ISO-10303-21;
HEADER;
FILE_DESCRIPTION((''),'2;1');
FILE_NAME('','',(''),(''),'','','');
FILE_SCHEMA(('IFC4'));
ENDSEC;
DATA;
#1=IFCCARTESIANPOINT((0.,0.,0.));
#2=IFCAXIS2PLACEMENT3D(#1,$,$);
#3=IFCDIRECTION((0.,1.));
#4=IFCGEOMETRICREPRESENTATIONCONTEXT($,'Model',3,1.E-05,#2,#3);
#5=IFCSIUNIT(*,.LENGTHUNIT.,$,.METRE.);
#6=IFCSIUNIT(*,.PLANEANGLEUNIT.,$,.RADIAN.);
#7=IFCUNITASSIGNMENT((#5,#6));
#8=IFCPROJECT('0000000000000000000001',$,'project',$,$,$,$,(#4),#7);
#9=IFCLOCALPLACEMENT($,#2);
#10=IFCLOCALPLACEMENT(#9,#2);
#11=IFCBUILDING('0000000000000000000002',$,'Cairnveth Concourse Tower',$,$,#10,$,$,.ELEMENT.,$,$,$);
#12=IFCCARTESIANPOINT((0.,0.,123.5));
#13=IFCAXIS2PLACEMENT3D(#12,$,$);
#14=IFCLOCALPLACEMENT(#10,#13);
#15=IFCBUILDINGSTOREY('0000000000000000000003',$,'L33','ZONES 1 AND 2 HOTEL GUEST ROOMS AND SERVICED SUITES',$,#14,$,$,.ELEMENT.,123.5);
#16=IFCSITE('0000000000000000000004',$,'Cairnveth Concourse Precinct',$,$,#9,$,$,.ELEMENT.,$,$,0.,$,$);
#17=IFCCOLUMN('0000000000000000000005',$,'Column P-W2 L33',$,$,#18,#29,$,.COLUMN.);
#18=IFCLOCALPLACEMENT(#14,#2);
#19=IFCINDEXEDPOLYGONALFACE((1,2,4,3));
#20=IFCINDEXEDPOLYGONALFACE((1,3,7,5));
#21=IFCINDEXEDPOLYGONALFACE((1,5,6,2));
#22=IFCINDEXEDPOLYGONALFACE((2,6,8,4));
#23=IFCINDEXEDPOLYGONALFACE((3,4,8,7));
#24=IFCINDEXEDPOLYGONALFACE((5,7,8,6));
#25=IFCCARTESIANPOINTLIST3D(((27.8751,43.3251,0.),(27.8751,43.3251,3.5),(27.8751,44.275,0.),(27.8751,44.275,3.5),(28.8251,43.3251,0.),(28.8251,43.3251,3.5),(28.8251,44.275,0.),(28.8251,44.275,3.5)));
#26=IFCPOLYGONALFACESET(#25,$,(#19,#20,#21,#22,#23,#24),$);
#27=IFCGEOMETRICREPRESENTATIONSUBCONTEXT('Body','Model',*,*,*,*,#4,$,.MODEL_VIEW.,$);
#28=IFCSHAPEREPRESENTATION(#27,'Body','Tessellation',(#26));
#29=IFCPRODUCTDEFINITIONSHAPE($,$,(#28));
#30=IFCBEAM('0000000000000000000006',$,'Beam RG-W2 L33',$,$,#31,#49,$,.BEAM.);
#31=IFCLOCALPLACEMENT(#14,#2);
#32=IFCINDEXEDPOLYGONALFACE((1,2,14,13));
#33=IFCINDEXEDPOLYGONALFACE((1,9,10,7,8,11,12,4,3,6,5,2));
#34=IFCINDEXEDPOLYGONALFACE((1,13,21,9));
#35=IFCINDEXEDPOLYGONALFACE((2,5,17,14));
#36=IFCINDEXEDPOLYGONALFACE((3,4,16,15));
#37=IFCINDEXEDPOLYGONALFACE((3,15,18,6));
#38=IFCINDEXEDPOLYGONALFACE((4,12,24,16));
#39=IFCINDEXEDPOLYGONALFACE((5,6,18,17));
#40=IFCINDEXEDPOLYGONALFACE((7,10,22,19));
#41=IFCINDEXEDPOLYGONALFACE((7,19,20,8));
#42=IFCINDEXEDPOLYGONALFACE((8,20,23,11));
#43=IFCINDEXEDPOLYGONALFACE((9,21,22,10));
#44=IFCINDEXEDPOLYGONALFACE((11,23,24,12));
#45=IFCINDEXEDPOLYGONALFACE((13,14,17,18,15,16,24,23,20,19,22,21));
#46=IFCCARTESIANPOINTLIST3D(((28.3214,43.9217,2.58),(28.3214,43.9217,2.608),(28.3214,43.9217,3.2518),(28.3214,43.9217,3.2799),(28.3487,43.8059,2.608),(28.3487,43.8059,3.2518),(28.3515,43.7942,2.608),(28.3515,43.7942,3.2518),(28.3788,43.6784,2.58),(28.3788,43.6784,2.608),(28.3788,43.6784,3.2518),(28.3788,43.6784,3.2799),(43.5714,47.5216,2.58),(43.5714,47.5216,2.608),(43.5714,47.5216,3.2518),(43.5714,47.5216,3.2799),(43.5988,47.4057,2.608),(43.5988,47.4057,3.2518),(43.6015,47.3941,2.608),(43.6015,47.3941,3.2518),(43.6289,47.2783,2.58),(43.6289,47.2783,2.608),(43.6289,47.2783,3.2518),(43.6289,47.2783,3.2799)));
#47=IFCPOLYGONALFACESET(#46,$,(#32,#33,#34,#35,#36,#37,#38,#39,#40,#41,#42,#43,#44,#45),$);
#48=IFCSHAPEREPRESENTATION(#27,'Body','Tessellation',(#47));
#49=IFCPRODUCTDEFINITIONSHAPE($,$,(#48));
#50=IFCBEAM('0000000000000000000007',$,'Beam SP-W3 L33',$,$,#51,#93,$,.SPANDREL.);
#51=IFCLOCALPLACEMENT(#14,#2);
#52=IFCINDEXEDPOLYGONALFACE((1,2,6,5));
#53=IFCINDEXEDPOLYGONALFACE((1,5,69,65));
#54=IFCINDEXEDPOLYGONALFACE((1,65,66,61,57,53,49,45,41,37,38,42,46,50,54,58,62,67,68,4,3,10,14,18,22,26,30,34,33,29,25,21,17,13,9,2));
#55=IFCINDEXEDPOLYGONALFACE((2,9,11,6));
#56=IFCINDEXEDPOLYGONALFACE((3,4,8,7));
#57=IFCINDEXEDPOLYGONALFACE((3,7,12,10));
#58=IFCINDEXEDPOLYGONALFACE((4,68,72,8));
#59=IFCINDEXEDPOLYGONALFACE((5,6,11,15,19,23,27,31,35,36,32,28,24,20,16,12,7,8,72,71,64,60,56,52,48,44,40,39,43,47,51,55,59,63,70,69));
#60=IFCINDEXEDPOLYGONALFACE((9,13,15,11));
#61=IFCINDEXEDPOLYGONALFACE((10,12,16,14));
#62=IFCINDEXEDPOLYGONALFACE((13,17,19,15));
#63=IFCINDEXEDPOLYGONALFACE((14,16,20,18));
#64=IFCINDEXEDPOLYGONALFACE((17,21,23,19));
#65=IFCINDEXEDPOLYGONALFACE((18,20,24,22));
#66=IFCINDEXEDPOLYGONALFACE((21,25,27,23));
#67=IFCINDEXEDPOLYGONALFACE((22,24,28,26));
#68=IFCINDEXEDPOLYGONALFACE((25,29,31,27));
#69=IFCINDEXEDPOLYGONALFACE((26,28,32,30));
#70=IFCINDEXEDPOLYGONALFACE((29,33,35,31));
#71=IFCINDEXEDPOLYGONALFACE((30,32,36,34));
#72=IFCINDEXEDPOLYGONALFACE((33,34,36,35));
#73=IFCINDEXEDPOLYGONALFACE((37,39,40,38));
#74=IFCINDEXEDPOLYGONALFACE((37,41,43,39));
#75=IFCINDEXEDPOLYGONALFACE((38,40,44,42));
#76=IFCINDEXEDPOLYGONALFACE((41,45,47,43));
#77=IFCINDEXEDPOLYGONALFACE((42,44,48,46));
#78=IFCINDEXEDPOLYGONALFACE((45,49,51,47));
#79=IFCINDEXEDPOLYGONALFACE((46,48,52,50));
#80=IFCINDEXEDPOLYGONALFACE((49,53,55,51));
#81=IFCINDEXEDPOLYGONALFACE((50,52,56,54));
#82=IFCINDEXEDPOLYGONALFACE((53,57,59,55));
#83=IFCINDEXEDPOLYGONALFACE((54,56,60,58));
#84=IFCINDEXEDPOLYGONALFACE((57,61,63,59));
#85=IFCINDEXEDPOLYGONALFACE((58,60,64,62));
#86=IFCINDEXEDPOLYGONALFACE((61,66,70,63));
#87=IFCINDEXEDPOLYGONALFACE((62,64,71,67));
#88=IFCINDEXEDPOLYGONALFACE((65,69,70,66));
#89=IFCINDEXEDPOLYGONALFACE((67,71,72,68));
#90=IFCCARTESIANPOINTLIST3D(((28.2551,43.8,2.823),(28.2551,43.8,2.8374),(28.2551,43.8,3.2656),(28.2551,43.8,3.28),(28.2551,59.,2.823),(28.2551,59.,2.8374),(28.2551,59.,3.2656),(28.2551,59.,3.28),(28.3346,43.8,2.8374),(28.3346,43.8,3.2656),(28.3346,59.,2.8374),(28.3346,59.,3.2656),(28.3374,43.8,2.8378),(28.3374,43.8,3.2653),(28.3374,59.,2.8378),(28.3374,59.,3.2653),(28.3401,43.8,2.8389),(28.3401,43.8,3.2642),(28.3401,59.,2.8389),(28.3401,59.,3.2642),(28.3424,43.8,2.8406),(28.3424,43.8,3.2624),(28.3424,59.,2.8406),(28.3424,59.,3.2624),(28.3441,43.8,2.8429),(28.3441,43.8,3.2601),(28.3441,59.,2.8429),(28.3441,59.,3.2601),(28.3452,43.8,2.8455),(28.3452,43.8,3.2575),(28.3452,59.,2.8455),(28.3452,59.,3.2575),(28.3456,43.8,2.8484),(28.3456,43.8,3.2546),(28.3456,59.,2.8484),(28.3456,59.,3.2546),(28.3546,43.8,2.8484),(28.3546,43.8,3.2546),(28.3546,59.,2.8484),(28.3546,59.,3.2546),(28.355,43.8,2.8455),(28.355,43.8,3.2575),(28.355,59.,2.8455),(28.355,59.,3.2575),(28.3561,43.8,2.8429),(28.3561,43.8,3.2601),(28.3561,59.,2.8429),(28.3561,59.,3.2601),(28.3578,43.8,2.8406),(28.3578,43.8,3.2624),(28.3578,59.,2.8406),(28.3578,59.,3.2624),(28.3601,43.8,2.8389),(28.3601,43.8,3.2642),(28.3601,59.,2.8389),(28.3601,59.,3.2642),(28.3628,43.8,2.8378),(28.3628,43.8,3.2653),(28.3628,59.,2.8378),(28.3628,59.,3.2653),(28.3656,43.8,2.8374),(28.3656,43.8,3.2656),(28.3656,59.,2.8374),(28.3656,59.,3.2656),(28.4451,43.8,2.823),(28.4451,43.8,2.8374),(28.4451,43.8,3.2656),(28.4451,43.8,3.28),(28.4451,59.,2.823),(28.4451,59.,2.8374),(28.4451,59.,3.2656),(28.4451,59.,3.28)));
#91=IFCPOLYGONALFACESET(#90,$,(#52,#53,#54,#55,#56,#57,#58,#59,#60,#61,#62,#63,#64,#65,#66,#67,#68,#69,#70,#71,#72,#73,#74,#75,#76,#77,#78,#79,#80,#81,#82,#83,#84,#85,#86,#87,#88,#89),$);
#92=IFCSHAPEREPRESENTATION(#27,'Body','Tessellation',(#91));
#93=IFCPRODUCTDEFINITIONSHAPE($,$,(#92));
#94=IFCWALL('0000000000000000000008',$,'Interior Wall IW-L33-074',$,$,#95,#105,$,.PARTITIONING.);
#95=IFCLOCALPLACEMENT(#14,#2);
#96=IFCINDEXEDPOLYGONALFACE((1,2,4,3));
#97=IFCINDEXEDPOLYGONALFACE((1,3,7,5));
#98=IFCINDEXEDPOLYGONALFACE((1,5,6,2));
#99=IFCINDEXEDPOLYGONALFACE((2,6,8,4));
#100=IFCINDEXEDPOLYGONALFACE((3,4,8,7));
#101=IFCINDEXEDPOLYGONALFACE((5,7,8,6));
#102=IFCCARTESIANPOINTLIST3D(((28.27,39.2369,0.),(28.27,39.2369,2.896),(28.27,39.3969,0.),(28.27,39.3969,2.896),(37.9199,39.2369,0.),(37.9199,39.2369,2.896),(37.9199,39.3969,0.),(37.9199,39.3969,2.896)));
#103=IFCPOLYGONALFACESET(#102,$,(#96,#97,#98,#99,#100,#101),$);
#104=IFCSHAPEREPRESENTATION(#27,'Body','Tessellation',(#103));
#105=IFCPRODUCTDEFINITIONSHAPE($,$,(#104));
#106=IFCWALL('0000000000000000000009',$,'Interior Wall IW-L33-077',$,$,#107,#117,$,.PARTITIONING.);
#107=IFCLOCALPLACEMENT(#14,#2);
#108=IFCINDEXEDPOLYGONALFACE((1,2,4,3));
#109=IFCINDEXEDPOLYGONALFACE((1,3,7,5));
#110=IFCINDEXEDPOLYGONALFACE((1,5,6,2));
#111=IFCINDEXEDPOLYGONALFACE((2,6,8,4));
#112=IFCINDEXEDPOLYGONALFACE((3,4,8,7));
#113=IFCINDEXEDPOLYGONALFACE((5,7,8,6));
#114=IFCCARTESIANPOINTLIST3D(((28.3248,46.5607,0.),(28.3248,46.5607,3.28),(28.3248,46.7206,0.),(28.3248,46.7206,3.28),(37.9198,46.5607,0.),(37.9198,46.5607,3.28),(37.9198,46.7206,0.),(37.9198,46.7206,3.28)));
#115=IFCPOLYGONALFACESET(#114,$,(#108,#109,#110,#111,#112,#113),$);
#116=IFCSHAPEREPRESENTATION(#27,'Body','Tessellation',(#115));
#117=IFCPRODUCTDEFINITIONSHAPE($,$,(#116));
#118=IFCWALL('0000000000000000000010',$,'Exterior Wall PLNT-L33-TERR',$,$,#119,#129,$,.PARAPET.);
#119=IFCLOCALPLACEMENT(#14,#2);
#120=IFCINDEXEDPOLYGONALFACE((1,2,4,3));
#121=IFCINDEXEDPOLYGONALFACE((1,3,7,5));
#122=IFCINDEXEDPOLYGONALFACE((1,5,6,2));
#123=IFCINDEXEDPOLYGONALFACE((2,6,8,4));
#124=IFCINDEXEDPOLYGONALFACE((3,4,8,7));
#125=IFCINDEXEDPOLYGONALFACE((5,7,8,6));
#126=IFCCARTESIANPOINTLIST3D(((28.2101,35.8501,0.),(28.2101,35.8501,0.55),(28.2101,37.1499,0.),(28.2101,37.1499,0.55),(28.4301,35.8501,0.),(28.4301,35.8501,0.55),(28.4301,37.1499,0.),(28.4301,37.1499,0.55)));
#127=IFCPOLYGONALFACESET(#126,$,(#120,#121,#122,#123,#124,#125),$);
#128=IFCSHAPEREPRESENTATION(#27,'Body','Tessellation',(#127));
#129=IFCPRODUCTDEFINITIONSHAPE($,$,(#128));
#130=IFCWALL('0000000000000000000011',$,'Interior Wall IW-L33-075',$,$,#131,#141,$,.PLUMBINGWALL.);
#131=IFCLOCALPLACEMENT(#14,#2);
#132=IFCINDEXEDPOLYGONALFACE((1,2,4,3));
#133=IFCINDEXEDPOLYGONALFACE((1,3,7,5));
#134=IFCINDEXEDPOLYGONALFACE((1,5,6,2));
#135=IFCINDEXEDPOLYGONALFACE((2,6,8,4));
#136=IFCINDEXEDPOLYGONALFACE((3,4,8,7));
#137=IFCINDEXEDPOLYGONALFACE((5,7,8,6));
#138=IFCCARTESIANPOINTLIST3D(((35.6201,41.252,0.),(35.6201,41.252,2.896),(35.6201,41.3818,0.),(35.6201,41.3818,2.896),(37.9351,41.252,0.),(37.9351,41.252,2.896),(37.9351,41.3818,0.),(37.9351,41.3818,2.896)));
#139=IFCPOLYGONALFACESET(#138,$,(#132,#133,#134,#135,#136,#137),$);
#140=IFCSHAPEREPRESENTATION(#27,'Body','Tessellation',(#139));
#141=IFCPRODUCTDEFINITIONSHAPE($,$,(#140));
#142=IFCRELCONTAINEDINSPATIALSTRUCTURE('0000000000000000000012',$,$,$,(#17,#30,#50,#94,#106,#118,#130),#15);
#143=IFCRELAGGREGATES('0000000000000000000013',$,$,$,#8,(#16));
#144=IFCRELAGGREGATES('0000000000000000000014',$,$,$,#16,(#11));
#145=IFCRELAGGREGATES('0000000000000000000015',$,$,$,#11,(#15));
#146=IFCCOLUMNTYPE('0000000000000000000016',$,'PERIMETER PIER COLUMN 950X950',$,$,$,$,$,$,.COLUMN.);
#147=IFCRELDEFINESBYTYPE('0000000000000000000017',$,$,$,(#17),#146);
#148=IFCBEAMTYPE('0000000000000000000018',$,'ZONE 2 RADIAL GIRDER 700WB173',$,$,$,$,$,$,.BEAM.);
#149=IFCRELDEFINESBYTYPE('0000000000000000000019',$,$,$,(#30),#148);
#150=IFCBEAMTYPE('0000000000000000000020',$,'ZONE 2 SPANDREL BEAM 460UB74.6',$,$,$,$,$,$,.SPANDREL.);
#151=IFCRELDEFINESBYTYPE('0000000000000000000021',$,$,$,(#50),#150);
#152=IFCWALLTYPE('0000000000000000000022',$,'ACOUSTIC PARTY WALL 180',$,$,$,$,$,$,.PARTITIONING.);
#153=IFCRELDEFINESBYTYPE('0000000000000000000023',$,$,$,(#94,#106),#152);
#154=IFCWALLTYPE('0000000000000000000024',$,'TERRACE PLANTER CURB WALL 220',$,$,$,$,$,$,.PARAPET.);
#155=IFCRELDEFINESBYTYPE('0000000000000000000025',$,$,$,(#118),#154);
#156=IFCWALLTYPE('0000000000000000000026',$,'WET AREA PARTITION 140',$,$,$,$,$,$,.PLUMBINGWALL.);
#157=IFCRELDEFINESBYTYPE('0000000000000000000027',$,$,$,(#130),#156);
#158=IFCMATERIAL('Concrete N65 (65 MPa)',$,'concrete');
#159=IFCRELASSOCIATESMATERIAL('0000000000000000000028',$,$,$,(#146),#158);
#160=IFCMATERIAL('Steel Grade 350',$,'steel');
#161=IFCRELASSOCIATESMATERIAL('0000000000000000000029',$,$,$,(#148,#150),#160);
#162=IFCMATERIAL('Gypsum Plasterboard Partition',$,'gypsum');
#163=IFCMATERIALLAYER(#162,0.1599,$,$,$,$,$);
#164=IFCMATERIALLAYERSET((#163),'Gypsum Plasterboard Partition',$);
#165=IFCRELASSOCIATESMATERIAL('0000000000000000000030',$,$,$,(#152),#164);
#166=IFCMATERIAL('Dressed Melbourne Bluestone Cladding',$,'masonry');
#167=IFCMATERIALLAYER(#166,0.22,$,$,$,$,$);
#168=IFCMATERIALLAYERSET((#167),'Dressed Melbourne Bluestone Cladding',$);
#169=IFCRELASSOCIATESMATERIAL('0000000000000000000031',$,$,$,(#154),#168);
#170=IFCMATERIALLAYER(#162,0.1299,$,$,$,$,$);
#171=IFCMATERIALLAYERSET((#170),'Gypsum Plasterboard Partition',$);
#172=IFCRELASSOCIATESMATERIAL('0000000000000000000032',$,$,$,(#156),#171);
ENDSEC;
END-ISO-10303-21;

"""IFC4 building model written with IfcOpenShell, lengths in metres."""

from ifc_helpers import new_model, si_unit, direction, frame, frame_2d, origin, origin_2d, place, context, subcontext, project, spatial, rectangle, i_section, extrude, material, layer, layer_set, material_profile, profile_set, type_object, element, save


model = new_model("IFC4")

# Units and contexts
model_context = context("Model", 3, precision=1e-05, world=origin(), true_north=direction((0.0, 1.0)))
body_context = subcontext(model_context, "Body", "Model", "MODEL_VIEW")
ifc_project = project(units=[si_unit("LENGTHUNIT", "METRE"), si_unit("PLANEANGLEUNIT", "RADIAN")], contexts=[model_context])

# Site, building, storey
site_placement = place(None, origin())
site = spatial("IfcSite", under=ifc_project, at=site_placement, Name="Cairnveth Concourse Precinct", CompositionType="ELEMENT", RefElevation=0.0)
building_placement = place(site_placement, origin())
building = spatial("IfcBuilding", under=site, at=building_placement, Name="Cairnveth Concourse Tower", CompositionType="ELEMENT")
storey_placement = place(building_placement, frame((0.0, 0.0, 123.5)))
storey = spatial("IfcBuildingStorey", under=building, at=storey_placement, Name="L33", Description="ZONES 1 AND 2 HOTEL GUEST ROOMS AND SERVICED SUITES", CompositionType="ELEMENT", Elevation=123.5)

# Column
ifc_material_1 = material(Name="Concrete N65 (65 MPa)", Category="concrete")
ifc_material_profile_1 = material_profile(ifc_material_1, rectangle(XDim=0.95, YDim=0.95, at=origin_2d()), Name="RC-COL-950x950")
ifc_profile_set_1 = profile_set([ifc_material_profile_1], Name="Concrete N65 (65 MPa)")
column_type = type_object("IfcColumnType", Name="PERIMETER PIER COLUMN 950X950", PredefinedType="COLUMN", material=ifc_profile_set_1)
column_placement = place(storey_placement, frame((28.3501, 43.8, 0.0), z_axis=(0.0, 0.0, 1.0), x_axis=(0.0, 1.0, 0.0)))
element("IfcColumn", 1, at=column_placement, inside=storey, type_object=column_type, Name="Column P-W2 L33", PredefinedType="COLUMN", context=body_context, shape_type="SweptSolid", body=[
    extrude(rectangle(XDim=0.95, YDim=0.95, at=origin_2d()), origin(), (0.0, 0.0, 1.0), 3.5),
])

# Beams
ifc_material_2 = material(Name="Steel Grade 350", Category="steel")
ifc_material_profile_2 = material_profile(ifc_material_2, i_section(OverallWidth=0.25, OverallDepth=0.7, WebThickness=0.012, FlangeThickness=0.0281, at=origin_2d()), Name="700WB173")
ifc_profile_set_2 = profile_set([ifc_material_profile_2], Name="Steel Grade 350")
beam_type_1 = type_object("IfcBeamType", Name="ZONE 2 RADIAL GIRDER 700WB173", PredefinedType="BEAM", material=ifc_profile_set_2)
beam_1_placement = place(storey_placement, frame((28.3501, 43.8, 2.9299), z_axis=(0.973252, 0.229742, 0.0), x_axis=(-0.229742, 0.973252, 0.0)))
element("IfcBeam", 2, at=beam_1_placement, inside=storey, type_object=beam_type_1, Name="Beam RG-W2 L33", PredefinedType="BEAM", context=body_context, shape_type="SweptSolid", body=[
    extrude(i_section(OverallWidth=0.25, OverallDepth=0.7, WebThickness=0.012, FlangeThickness=0.0281, at=origin_2d()), origin(), (0.0, 0.0, 1.0), 15.6692),
])
ifc_material_profile_3 = material_profile(ifc_material_2, i_section(OverallWidth=0.1899, OverallDepth=0.457, WebThickness=0.009, FlangeThickness=0.0144, FilletRadius=0.011, at=origin_2d()), Name="460UB74.6")
ifc_profile_set_3 = profile_set([ifc_material_profile_3], Name="Steel Grade 350")
beam_type_2 = type_object("IfcBeamType", Name="ZONE 2 SPANDREL BEAM 460UB74.6", PredefinedType="SPANDREL", material=ifc_profile_set_3)
beam_2_placement = place(storey_placement, frame((28.3501, 43.8, 3.0515), z_axis=(0.0, 1.0, 0.0), x_axis=(-1.0, 0.0, 0.0)))
element("IfcBeam", 3, at=beam_2_placement, inside=storey, type_object=beam_type_2, Name="Beam SP-W3 L33", PredefinedType="SPANDREL", context=body_context, shape_type="SweptSolid", body=[
    extrude(i_section(OverallWidth=0.1899, OverallDepth=0.457, WebThickness=0.009, FlangeThickness=0.0144, FilletRadius=0.011, at=origin_2d()), origin(), (0.0, 0.0, 1.0), 15.2),
])

# Walls
ifc_material_3 = material(Name="Gypsum Plasterboard Partition", Category="gypsum")
ifc_layer_1 = layer(ifc_material_3, 0.1599)
ifc_layer_set_1 = layer_set([ifc_layer_1], Name="Gypsum Plasterboard Partition")
wall_type_1 = type_object("IfcWallType", Name="ACOUSTIC PARTY WALL 180", PredefinedType="PARTITIONING", material=ifc_layer_set_1)
wall_1_placement = place(storey_placement, frame((28.27, 39.3169, 0.0), z_axis=(0.0, 0.0, 1.0), x_axis=(1.0, 0.0, 0.0)))
element("IfcWall", 4, at=wall_1_placement, inside=storey, type_object=wall_type_1, Name="Interior Wall IW-L33-074", PredefinedType="PARTITIONING", context=body_context, shape_type="SweptSolid", body=[
    extrude(rectangle(XDim=9.6499, YDim=0.1599, at=frame_2d((4.825, 0.0))), origin(), (0.0, 0.0, 1.0), 2.896),
])
wall_2_placement = place(storey_placement, frame((28.325, 46.6406, 0.0), z_axis=(0.0, 0.0, 1.0), x_axis=(1.0, 0.0, 0.0)))
element("IfcWall", 5, at=wall_2_placement, inside=storey, type_object=wall_type_1, Name="Interior Wall IW-L33-077", PredefinedType="PARTITIONING", context=body_context, shape_type="SweptSolid", body=[
    extrude(rectangle(XDim=9.595, YDim=0.1599, at=frame_2d((4.7974, 0.0))), origin(), (0.0, 0.0, 1.0), 3.28),
])
ifc_material_4 = material(Name="Dressed Melbourne Bluestone Cladding", Category="masonry")
ifc_layer_2 = layer(ifc_material_4, 0.22)
ifc_layer_set_2 = layer_set([ifc_layer_2], Name="Dressed Melbourne Bluestone Cladding")
wall_type_2 = type_object("IfcWallType", Name="TERRACE PLANTER CURB WALL 220", PredefinedType="PARAPET", material=ifc_layer_set_2)
wall_3_placement = place(storey_placement, frame((28.3201, 35.8501, 0.0), z_axis=(0.0, 0.0, 1.0), x_axis=(0.0, 1.0, 0.0)))
element("IfcWall", 6, at=wall_3_placement, inside=storey, type_object=wall_type_2, Name="Exterior Wall PLNT-L33-TERR", PredefinedType="PARAPET", context=body_context, shape_type="SweptSolid", body=[
    extrude(rectangle(XDim=1.2998, YDim=0.22, at=frame_2d((0.6499, 0.0))), origin(), (0.0, 0.0, 1.0), 0.55),
])
ifc_layer_3 = layer(ifc_material_3, 0.1299)
ifc_layer_set_3 = layer_set([ifc_layer_3], Name="Gypsum Plasterboard Partition")
wall_type_3 = type_object("IfcWallType", Name="WET AREA PARTITION 140", PredefinedType="PLUMBINGWALL", material=ifc_layer_set_3)
wall_4_placement = place(storey_placement, frame((35.6201, 41.3169, 0.0), z_axis=(0.0, 0.0, 1.0), x_axis=(1.0, 0.0, 0.0)))
element("IfcWall", 7, at=wall_4_placement, inside=storey, type_object=wall_type_3, Name="Interior Wall IW-L33-075", PredefinedType="PLUMBINGWALL", context=body_context, shape_type="SweptSolid", body=[
    extrude(rectangle(XDim=2.3149, YDim=0.1299, at=frame_2d((1.1575, 0.0))), origin(), (0.0, 0.0, 1.0), 2.896),
])

save(model, "model.ifc")
